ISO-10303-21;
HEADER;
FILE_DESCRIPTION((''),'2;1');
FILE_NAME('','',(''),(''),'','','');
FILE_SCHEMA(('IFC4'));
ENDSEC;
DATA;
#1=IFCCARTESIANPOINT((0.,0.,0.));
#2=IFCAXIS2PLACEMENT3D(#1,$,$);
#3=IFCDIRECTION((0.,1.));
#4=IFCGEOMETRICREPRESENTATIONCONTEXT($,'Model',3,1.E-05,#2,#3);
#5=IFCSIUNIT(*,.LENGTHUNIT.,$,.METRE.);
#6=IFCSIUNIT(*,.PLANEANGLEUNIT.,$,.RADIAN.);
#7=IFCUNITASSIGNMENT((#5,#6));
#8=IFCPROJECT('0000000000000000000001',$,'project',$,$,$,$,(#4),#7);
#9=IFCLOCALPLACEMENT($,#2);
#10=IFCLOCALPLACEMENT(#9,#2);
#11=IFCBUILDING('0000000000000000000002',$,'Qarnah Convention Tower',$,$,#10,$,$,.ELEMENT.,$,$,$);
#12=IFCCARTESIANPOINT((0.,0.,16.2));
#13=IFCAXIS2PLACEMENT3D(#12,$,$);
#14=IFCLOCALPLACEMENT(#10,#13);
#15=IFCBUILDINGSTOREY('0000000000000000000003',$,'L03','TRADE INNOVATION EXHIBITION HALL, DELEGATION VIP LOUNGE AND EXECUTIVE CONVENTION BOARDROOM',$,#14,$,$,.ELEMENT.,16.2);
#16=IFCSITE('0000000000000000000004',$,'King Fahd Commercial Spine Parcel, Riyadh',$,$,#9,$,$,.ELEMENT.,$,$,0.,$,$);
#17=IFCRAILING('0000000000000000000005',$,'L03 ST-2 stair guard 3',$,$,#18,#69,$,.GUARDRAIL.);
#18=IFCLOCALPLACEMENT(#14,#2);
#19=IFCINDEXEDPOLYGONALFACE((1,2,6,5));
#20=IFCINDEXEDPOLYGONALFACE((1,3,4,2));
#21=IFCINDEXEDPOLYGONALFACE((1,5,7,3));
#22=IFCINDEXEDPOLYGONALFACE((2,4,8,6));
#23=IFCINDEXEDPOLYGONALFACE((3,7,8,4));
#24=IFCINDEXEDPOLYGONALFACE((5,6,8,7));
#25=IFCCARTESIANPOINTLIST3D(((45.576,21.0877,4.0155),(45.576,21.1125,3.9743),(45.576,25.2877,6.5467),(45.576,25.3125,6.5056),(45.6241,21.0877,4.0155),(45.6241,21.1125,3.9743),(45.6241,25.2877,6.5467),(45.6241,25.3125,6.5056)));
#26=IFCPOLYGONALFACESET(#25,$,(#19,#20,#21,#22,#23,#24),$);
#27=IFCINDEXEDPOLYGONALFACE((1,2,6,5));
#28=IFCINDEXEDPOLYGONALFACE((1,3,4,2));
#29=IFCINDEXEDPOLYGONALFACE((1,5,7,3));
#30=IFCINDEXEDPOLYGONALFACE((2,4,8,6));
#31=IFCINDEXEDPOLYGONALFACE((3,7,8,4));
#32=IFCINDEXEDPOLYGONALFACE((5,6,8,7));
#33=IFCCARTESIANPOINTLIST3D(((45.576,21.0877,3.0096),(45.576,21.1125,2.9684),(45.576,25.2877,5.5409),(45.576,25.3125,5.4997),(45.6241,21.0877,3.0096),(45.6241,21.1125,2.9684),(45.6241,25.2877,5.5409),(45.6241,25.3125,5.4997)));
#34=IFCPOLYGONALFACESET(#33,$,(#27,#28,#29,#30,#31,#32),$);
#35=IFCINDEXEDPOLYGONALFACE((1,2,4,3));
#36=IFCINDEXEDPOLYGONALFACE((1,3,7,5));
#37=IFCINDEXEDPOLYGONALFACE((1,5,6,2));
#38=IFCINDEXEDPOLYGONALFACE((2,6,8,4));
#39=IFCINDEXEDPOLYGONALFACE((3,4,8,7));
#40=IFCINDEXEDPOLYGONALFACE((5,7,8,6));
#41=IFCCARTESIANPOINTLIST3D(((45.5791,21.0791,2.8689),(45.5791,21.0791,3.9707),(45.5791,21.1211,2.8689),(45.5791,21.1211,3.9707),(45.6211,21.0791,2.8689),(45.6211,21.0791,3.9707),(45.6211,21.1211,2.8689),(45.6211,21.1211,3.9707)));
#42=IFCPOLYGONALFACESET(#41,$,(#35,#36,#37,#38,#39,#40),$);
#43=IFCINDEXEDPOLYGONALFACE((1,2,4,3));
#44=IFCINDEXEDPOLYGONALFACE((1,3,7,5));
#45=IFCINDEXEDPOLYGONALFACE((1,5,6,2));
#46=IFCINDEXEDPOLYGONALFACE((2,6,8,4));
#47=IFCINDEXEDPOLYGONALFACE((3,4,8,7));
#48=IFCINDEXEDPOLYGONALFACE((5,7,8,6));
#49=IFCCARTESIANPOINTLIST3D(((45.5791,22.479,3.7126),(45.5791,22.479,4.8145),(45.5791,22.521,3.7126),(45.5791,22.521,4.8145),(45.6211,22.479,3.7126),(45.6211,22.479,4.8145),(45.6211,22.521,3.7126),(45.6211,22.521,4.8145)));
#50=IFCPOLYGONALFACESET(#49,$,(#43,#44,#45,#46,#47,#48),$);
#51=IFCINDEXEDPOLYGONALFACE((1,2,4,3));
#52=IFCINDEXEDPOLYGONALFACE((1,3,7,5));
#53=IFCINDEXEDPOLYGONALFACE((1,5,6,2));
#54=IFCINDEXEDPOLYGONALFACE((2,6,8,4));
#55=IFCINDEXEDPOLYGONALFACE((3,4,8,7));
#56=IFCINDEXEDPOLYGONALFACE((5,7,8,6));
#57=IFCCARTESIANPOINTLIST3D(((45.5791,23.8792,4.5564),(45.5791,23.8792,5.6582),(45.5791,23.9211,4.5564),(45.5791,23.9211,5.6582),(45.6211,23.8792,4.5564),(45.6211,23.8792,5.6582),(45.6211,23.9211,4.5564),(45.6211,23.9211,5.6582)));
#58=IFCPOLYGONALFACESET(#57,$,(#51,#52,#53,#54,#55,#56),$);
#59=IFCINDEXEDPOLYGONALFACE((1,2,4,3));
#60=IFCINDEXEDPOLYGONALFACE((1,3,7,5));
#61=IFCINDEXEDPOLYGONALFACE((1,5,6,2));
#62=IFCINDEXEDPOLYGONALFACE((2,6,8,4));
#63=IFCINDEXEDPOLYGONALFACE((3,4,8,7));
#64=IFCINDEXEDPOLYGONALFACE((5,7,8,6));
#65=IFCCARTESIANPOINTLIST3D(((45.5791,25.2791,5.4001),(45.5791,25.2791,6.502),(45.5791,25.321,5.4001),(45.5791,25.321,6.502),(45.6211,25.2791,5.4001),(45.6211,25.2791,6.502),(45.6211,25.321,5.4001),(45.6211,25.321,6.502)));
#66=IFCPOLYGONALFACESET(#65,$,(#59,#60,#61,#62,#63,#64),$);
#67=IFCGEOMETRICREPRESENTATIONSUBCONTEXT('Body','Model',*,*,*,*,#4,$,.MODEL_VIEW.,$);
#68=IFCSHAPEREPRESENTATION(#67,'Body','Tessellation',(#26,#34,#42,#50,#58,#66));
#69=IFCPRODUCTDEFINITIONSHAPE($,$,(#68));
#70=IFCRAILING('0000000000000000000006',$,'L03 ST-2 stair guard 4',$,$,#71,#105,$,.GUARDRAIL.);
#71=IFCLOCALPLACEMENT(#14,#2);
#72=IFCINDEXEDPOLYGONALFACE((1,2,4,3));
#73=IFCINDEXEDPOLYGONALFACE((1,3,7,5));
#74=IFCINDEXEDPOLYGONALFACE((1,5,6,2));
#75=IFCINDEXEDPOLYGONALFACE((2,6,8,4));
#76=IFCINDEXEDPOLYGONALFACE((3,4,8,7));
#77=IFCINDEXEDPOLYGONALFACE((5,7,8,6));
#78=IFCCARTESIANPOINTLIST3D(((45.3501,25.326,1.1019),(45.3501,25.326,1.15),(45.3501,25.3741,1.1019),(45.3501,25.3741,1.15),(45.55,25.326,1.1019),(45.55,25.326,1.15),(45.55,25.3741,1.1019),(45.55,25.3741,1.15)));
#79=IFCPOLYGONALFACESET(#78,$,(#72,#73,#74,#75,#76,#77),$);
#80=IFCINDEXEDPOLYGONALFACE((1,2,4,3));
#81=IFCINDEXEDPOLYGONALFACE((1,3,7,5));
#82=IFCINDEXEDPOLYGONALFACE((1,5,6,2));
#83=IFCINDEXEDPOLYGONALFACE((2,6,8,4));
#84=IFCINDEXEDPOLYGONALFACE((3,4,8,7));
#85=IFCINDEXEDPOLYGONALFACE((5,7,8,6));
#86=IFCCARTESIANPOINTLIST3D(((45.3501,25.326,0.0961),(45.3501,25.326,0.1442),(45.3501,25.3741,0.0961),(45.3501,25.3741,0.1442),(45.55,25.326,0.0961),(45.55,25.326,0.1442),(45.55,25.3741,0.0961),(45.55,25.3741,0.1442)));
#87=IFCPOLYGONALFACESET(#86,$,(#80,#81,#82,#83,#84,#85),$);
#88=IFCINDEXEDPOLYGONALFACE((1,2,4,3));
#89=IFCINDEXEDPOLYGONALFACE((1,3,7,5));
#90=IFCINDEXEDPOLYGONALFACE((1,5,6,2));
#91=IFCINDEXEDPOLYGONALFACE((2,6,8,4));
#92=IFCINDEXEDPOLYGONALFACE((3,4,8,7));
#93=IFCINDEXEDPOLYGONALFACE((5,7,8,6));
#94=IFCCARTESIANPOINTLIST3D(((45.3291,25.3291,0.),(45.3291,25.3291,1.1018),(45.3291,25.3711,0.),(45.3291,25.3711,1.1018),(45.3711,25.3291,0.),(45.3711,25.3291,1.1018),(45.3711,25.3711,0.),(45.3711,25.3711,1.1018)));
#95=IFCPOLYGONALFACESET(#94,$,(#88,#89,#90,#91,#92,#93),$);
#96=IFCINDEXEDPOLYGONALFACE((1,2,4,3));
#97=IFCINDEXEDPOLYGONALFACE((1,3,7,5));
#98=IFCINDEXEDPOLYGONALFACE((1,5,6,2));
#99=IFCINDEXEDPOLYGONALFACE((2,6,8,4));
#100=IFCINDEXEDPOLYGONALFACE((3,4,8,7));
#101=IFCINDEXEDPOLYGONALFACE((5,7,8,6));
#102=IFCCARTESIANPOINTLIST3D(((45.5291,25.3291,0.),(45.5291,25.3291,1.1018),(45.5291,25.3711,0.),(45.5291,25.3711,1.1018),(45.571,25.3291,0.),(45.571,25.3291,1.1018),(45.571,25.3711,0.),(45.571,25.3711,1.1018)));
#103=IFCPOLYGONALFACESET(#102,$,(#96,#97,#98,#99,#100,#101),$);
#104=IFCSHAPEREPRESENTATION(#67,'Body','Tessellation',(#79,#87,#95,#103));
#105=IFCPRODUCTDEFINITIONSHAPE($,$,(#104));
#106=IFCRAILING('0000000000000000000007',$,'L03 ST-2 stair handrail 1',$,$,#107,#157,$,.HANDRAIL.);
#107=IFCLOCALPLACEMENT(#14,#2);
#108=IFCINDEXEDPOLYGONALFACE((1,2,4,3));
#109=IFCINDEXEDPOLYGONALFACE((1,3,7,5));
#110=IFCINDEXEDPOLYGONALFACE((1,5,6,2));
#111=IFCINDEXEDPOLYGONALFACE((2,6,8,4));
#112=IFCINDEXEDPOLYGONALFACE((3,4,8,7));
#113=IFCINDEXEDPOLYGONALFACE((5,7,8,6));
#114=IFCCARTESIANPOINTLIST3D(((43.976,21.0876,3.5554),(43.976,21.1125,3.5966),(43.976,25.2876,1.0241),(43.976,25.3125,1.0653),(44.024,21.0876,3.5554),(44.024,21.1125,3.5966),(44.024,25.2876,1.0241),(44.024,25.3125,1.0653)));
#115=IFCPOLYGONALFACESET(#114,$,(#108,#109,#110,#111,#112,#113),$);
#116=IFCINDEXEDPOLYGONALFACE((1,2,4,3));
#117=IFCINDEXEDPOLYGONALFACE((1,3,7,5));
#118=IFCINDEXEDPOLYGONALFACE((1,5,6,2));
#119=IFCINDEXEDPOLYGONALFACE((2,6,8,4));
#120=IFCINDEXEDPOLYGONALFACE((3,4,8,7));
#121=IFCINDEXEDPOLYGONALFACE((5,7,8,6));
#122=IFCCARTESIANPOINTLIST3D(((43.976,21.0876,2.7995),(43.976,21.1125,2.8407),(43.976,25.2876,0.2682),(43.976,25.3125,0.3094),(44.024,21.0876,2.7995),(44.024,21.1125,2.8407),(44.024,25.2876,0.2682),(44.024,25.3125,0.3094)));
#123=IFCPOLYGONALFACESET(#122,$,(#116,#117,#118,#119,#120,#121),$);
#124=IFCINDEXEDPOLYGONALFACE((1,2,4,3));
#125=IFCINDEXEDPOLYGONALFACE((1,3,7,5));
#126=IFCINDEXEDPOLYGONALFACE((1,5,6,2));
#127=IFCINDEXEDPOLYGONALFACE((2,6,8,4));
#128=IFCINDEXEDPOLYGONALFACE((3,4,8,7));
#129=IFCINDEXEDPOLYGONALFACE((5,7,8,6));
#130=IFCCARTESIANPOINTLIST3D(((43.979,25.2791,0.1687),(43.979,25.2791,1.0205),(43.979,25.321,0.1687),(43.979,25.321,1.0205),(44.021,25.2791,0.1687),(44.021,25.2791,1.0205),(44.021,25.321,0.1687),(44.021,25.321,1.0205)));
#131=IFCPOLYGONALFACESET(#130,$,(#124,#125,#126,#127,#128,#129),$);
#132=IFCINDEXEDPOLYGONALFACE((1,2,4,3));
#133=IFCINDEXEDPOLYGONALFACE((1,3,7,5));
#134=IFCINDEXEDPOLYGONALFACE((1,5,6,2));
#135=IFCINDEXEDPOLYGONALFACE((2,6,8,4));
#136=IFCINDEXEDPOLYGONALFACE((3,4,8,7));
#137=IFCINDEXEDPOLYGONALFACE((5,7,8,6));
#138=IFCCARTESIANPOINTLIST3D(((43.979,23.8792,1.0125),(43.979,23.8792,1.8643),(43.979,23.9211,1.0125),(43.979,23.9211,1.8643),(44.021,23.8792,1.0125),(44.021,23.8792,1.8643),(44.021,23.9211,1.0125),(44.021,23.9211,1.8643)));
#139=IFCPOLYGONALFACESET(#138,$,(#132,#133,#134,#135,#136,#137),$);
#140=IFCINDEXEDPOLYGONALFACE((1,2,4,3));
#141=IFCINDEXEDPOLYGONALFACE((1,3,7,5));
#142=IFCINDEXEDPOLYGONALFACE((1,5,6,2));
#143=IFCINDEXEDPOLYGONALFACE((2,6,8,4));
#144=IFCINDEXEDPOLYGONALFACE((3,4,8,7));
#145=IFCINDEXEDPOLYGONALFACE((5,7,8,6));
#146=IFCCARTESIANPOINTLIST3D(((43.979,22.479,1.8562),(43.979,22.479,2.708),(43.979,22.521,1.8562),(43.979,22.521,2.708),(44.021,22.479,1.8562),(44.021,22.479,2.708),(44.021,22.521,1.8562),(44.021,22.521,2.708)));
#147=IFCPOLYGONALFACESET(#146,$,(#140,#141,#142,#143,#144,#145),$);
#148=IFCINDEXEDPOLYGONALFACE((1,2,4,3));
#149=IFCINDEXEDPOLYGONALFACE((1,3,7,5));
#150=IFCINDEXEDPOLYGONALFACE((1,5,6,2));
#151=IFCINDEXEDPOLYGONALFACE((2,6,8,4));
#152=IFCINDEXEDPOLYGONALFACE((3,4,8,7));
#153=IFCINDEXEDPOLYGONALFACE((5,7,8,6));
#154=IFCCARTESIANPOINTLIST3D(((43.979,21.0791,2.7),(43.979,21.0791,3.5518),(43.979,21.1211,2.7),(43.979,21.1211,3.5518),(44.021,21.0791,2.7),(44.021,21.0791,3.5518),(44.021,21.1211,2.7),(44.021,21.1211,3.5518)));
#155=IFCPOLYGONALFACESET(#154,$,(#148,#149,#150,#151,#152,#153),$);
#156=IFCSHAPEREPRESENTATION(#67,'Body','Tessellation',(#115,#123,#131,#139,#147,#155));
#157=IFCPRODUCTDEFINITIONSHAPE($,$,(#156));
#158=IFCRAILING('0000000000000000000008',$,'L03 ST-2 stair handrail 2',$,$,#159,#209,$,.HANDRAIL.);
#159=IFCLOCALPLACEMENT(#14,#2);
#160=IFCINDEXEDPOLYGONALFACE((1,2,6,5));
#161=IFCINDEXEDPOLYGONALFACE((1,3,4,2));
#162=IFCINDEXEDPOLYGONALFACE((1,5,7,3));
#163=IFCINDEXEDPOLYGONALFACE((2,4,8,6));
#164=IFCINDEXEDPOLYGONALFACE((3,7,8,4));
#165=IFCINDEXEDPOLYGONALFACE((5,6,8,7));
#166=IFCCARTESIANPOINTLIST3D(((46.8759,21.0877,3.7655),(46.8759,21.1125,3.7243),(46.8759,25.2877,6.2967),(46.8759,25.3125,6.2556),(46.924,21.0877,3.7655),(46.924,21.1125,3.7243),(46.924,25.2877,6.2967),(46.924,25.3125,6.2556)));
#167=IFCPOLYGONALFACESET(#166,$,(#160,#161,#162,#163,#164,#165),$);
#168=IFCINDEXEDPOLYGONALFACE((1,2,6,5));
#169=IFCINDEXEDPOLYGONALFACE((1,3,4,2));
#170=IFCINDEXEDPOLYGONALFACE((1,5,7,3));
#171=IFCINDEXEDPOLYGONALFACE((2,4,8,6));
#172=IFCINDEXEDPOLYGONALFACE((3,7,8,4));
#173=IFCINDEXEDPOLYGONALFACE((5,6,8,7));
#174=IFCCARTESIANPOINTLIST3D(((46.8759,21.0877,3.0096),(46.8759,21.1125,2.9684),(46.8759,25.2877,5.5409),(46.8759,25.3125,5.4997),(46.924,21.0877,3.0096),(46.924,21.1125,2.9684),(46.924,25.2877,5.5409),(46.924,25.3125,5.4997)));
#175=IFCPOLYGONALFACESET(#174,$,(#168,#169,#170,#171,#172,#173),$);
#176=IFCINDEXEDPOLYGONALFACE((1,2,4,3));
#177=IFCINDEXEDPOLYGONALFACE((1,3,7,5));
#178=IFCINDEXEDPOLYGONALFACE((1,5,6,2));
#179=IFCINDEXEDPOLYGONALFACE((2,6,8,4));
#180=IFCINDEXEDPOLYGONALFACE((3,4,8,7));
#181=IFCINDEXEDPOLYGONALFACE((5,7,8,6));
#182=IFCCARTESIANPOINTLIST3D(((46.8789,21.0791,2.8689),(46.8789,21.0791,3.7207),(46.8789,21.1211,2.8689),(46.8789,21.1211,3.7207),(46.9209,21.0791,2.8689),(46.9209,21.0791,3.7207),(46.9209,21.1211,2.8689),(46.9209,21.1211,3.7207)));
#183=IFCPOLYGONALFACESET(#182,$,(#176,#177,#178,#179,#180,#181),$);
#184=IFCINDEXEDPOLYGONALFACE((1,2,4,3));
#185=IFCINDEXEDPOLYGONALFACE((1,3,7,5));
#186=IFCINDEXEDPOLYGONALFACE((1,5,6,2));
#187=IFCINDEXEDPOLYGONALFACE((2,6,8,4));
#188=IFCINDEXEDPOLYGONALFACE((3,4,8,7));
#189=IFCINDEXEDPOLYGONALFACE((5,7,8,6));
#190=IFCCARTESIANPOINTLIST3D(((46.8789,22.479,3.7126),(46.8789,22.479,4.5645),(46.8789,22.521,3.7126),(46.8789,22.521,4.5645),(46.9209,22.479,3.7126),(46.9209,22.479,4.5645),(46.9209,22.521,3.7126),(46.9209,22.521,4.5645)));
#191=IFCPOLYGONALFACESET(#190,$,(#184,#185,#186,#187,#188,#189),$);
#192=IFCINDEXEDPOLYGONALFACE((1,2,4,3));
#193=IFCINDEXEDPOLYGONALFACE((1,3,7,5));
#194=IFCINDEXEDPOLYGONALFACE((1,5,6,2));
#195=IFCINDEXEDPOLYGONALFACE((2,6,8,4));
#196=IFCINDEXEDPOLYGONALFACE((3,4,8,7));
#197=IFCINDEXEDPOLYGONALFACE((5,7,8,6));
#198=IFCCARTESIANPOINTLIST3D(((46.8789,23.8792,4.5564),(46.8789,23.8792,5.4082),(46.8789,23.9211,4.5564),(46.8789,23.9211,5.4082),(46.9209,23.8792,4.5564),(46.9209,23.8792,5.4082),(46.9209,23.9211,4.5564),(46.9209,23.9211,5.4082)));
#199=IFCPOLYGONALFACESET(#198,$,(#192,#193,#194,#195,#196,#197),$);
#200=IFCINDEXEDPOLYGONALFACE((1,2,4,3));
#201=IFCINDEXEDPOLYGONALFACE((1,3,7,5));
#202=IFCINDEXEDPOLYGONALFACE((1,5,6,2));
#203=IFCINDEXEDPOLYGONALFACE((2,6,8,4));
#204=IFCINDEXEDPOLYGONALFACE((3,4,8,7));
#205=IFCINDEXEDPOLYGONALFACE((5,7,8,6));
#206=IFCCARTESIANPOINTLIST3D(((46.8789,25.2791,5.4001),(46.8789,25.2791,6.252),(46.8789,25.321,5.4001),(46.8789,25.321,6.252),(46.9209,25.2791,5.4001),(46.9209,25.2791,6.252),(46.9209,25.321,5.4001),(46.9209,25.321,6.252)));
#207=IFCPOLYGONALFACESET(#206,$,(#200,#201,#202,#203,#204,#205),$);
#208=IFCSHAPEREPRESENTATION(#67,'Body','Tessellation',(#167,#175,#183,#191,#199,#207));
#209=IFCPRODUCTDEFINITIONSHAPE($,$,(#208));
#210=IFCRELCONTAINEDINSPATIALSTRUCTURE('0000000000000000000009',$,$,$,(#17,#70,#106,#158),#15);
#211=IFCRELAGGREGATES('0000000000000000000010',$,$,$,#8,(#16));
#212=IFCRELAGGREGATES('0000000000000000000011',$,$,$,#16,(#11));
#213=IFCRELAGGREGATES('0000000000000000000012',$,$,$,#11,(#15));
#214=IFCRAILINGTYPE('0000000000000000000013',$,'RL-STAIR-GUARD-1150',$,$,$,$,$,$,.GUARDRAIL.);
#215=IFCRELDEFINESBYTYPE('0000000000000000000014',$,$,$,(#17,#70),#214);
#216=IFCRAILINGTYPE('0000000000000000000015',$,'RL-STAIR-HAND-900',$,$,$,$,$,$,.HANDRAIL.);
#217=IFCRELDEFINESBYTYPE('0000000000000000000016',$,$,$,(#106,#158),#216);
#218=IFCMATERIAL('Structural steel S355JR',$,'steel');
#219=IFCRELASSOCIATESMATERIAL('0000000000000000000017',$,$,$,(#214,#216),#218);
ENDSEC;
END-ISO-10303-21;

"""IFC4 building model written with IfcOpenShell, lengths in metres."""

from ifc_helpers import new_model, si_unit, direction, frame, origin, origin_2d, place, context, subcontext, project, spatial, rectangle, extrude, material, type_object, element, save


model = new_model("IFC4")

# Units and contexts
model_context = context("Model", 3, precision=1e-05, world=origin(), true_north=direction((0.0, 1.0)))
body_context = subcontext(model_context, "Body", "Model", "MODEL_VIEW")
ifc_project = project(units=[si_unit("LENGTHUNIT", "METRE"), si_unit("PLANEANGLEUNIT", "RADIAN")], contexts=[model_context])

# Site, building, storey
site_placement = place(None, origin())
site = spatial("IfcSite", under=ifc_project, at=site_placement, Name="King Fahd Commercial Spine Parcel, Riyadh", CompositionType="ELEMENT", RefElevation=0.0)
building_placement = place(site_placement, origin())
building = spatial("IfcBuilding", under=site, at=building_placement, Name="Qarnah Convention Tower", CompositionType="ELEMENT")
storey_placement = place(building_placement, frame((0.0, 0.0, 16.2)))
storey = spatial("IfcBuildingStorey", under=building, at=storey_placement, Name="L03", Description="TRADE INNOVATION EXHIBITION HALL, DELEGATION VIP LOUNGE AND EXECUTIVE CONVENTION BOARDROOM", CompositionType="ELEMENT", Elevation=16.2)

# Shared definitions
ifc_material_1 = material(Name="Structural steel S355JR", Category="steel")

# Railings
railing_type_1 = type_object("IfcRailingType", Name="RL-STAIR-GUARD-1150", PredefinedType="GUARDRAIL", material=ifc_material_1)
railing_1_placement = place(storey_placement, frame((45.6001, 21.1001, 2.8689)))
element("IfcRailing", 1, at=railing_1_placement, inside=storey, type_object=railing_type_1, Name="L03 ST-2 stair guard 3", PredefinedType="GUARDRAIL", context=body_context, shape_type="SweptSolid", body=[
    extrude(rectangle(XDim=0.0481, YDim=0.0481, at=origin_2d()), frame((0.0, 0.0, 1.126), z_axis=(0.0, 0.856476, 0.516186), x_axis=(-1.0, 0.0, 0.0)), (0.0, 0.0, 1.0), 4.9038),
    extrude(rectangle(XDim=0.0481, YDim=0.0481, at=origin_2d()), frame((0.0, 0.0, 0.1201), z_axis=(0.0, 0.856476, 0.516186), x_axis=(-1.0, 0.0, 0.0)), (0.0, 0.0, 1.0), 4.9038),
    extrude(rectangle(XDim=0.042, YDim=0.042, at=origin_2d()), origin(), (0.0, 0.0, 1.0), 1.1018),
    extrude(rectangle(XDim=0.042, YDim=0.042, at=origin_2d()), frame((0.0, 1.3999, 0.8438)), (0.0, 0.0, 1.0), 1.1018),
    extrude(rectangle(XDim=0.042, YDim=0.042, at=origin_2d()), frame((0.0, 2.8, 1.6875)), (0.0, 0.0, 1.0), 1.1018),
    extrude(rectangle(XDim=0.042, YDim=0.042, at=origin_2d()), frame((0.0, 4.2, 2.5312)), (0.0, 0.0, 1.0), 1.1018),
])
railing_2_placement = place(storey_placement, frame((45.3501, 25.3501, 0.0)))
element("IfcRailing", 2, at=railing_2_placement, inside=storey, type_object=railing_type_1, Name="L03 ST-2 stair guard 4", PredefinedType="GUARDRAIL", context=body_context, shape_type="SweptSolid", body=[
    extrude(rectangle(XDim=0.0481, YDim=0.0481, at=origin_2d()), frame((0.0, 0.0, 1.126), z_axis=(1.0, 0.0, 0.0), x_axis=(0.0, 1.0, 0.0)), (0.0, 0.0, 1.0), 0.2),
    extrude(rectangle(XDim=0.0481, YDim=0.0481, at=origin_2d()), frame((0.0, 0.0, 0.1201), z_axis=(1.0, 0.0, 0.0), x_axis=(0.0, 1.0, 0.0)), (0.0, 0.0, 1.0), 0.2),
    extrude(rectangle(XDim=0.042, YDim=0.042, at=origin_2d()), origin(), (0.0, 0.0, 1.0), 1.1018),
    extrude(rectangle(XDim=0.042, YDim=0.042, at=origin_2d()), frame((0.2, 0.0, 0.0)), (0.0, 0.0, 1.0), 1.1018),
])
railing_type_2 = type_object("IfcRailingType", Name="RL-STAIR-HAND-900", PredefinedType="HANDRAIL", material=ifc_material_1)
railing_3_placement = place(storey_placement, frame((44.0, 25.3, 0.1687)))
element("IfcRailing", 3, at=railing_3_placement, inside=storey, type_object=railing_type_2, Name="L03 ST-2 stair handrail 1", PredefinedType="HANDRAIL", context=body_context, shape_type="SweptSolid", body=[
    extrude(rectangle(XDim=0.0481, YDim=0.0481, at=origin_2d()), frame((0.0, 0.0, 0.876), z_axis=(0.0, -0.856476, 0.516186), x_axis=(1.0, 0.0, 0.0)), (0.0, 0.0, 1.0), 4.9038),
    extrude(rectangle(XDim=0.0481, YDim=0.0481, at=origin_2d()), frame((0.0, 0.0, 0.1201), z_axis=(0.0, -0.856476, 0.516186), x_axis=(1.0, 0.0, 0.0)), (0.0, 0.0, 1.0), 4.9038),
    extrude(rectangle(XDim=0.042, YDim=0.042, at=origin_2d()), origin(), (0.0, 0.0, 1.0), 0.8518),
    extrude(rectangle(XDim=0.042, YDim=0.042, at=origin_2d()), frame((0.0, -1.3999, 0.8438)), (0.0, 0.0, 1.0), 0.8518),
    extrude(rectangle(XDim=0.042, YDim=0.042, at=origin_2d()), frame((0.0, -2.8, 1.6875)), (0.0, 0.0, 1.0), 0.8518),
    extrude(rectangle(XDim=0.042, YDim=0.042, at=origin_2d()), frame((0.0, -4.2, 2.5312)), (0.0, 0.0, 1.0), 0.8518),
])
railing_4_placement = place(storey_placement, frame((46.8999, 21.1001, 2.8689)))
element("IfcRailing", 4, at=railing_4_placement, inside=storey, type_object=railing_type_2, Name="L03 ST-2 stair handrail 2", PredefinedType="HANDRAIL", context=body_context, shape_type="SweptSolid", body=[
    extrude(rectangle(XDim=0.0481, YDim=0.0481, at=origin_2d()), frame((0.0, 0.0, 0.876), z_axis=(0.0, 0.856476, 0.516186), x_axis=(-1.0, 0.0, 0.0)), (0.0, 0.0, 1.0), 4.9038),
    extrude(rectangle(XDim=0.0481, YDim=0.0481, at=origin_2d()), frame((0.0, 0.0, 0.1201), z_axis=(0.0, 0.856476, 0.516186), x_axis=(-1.0, 0.0, 0.0)), (0.0, 0.0, 1.0), 4.9038),
    extrude(rectangle(XDim=0.042, YDim=0.042, at=origin_2d()), origin(), (0.0, 0.0, 1.0), 0.8518),
    extrude(rectangle(XDim=0.042, YDim=0.042, at=origin_2d()), frame((0.0, 1.3999, 0.8438)), (0.0, 0.0, 1.0), 0.8518),
    extrude(rectangle(XDim=0.042, YDim=0.042, at=origin_2d()), frame((0.0, 2.8, 1.6875)), (0.0, 0.0, 1.0), 0.8518),
    extrude(rectangle(XDim=0.042, YDim=0.042, at=origin_2d()), frame((0.0, 4.2, 2.5312)), (0.0, 0.0, 1.0), 0.8518),
])

save(model, "model.ifc")
